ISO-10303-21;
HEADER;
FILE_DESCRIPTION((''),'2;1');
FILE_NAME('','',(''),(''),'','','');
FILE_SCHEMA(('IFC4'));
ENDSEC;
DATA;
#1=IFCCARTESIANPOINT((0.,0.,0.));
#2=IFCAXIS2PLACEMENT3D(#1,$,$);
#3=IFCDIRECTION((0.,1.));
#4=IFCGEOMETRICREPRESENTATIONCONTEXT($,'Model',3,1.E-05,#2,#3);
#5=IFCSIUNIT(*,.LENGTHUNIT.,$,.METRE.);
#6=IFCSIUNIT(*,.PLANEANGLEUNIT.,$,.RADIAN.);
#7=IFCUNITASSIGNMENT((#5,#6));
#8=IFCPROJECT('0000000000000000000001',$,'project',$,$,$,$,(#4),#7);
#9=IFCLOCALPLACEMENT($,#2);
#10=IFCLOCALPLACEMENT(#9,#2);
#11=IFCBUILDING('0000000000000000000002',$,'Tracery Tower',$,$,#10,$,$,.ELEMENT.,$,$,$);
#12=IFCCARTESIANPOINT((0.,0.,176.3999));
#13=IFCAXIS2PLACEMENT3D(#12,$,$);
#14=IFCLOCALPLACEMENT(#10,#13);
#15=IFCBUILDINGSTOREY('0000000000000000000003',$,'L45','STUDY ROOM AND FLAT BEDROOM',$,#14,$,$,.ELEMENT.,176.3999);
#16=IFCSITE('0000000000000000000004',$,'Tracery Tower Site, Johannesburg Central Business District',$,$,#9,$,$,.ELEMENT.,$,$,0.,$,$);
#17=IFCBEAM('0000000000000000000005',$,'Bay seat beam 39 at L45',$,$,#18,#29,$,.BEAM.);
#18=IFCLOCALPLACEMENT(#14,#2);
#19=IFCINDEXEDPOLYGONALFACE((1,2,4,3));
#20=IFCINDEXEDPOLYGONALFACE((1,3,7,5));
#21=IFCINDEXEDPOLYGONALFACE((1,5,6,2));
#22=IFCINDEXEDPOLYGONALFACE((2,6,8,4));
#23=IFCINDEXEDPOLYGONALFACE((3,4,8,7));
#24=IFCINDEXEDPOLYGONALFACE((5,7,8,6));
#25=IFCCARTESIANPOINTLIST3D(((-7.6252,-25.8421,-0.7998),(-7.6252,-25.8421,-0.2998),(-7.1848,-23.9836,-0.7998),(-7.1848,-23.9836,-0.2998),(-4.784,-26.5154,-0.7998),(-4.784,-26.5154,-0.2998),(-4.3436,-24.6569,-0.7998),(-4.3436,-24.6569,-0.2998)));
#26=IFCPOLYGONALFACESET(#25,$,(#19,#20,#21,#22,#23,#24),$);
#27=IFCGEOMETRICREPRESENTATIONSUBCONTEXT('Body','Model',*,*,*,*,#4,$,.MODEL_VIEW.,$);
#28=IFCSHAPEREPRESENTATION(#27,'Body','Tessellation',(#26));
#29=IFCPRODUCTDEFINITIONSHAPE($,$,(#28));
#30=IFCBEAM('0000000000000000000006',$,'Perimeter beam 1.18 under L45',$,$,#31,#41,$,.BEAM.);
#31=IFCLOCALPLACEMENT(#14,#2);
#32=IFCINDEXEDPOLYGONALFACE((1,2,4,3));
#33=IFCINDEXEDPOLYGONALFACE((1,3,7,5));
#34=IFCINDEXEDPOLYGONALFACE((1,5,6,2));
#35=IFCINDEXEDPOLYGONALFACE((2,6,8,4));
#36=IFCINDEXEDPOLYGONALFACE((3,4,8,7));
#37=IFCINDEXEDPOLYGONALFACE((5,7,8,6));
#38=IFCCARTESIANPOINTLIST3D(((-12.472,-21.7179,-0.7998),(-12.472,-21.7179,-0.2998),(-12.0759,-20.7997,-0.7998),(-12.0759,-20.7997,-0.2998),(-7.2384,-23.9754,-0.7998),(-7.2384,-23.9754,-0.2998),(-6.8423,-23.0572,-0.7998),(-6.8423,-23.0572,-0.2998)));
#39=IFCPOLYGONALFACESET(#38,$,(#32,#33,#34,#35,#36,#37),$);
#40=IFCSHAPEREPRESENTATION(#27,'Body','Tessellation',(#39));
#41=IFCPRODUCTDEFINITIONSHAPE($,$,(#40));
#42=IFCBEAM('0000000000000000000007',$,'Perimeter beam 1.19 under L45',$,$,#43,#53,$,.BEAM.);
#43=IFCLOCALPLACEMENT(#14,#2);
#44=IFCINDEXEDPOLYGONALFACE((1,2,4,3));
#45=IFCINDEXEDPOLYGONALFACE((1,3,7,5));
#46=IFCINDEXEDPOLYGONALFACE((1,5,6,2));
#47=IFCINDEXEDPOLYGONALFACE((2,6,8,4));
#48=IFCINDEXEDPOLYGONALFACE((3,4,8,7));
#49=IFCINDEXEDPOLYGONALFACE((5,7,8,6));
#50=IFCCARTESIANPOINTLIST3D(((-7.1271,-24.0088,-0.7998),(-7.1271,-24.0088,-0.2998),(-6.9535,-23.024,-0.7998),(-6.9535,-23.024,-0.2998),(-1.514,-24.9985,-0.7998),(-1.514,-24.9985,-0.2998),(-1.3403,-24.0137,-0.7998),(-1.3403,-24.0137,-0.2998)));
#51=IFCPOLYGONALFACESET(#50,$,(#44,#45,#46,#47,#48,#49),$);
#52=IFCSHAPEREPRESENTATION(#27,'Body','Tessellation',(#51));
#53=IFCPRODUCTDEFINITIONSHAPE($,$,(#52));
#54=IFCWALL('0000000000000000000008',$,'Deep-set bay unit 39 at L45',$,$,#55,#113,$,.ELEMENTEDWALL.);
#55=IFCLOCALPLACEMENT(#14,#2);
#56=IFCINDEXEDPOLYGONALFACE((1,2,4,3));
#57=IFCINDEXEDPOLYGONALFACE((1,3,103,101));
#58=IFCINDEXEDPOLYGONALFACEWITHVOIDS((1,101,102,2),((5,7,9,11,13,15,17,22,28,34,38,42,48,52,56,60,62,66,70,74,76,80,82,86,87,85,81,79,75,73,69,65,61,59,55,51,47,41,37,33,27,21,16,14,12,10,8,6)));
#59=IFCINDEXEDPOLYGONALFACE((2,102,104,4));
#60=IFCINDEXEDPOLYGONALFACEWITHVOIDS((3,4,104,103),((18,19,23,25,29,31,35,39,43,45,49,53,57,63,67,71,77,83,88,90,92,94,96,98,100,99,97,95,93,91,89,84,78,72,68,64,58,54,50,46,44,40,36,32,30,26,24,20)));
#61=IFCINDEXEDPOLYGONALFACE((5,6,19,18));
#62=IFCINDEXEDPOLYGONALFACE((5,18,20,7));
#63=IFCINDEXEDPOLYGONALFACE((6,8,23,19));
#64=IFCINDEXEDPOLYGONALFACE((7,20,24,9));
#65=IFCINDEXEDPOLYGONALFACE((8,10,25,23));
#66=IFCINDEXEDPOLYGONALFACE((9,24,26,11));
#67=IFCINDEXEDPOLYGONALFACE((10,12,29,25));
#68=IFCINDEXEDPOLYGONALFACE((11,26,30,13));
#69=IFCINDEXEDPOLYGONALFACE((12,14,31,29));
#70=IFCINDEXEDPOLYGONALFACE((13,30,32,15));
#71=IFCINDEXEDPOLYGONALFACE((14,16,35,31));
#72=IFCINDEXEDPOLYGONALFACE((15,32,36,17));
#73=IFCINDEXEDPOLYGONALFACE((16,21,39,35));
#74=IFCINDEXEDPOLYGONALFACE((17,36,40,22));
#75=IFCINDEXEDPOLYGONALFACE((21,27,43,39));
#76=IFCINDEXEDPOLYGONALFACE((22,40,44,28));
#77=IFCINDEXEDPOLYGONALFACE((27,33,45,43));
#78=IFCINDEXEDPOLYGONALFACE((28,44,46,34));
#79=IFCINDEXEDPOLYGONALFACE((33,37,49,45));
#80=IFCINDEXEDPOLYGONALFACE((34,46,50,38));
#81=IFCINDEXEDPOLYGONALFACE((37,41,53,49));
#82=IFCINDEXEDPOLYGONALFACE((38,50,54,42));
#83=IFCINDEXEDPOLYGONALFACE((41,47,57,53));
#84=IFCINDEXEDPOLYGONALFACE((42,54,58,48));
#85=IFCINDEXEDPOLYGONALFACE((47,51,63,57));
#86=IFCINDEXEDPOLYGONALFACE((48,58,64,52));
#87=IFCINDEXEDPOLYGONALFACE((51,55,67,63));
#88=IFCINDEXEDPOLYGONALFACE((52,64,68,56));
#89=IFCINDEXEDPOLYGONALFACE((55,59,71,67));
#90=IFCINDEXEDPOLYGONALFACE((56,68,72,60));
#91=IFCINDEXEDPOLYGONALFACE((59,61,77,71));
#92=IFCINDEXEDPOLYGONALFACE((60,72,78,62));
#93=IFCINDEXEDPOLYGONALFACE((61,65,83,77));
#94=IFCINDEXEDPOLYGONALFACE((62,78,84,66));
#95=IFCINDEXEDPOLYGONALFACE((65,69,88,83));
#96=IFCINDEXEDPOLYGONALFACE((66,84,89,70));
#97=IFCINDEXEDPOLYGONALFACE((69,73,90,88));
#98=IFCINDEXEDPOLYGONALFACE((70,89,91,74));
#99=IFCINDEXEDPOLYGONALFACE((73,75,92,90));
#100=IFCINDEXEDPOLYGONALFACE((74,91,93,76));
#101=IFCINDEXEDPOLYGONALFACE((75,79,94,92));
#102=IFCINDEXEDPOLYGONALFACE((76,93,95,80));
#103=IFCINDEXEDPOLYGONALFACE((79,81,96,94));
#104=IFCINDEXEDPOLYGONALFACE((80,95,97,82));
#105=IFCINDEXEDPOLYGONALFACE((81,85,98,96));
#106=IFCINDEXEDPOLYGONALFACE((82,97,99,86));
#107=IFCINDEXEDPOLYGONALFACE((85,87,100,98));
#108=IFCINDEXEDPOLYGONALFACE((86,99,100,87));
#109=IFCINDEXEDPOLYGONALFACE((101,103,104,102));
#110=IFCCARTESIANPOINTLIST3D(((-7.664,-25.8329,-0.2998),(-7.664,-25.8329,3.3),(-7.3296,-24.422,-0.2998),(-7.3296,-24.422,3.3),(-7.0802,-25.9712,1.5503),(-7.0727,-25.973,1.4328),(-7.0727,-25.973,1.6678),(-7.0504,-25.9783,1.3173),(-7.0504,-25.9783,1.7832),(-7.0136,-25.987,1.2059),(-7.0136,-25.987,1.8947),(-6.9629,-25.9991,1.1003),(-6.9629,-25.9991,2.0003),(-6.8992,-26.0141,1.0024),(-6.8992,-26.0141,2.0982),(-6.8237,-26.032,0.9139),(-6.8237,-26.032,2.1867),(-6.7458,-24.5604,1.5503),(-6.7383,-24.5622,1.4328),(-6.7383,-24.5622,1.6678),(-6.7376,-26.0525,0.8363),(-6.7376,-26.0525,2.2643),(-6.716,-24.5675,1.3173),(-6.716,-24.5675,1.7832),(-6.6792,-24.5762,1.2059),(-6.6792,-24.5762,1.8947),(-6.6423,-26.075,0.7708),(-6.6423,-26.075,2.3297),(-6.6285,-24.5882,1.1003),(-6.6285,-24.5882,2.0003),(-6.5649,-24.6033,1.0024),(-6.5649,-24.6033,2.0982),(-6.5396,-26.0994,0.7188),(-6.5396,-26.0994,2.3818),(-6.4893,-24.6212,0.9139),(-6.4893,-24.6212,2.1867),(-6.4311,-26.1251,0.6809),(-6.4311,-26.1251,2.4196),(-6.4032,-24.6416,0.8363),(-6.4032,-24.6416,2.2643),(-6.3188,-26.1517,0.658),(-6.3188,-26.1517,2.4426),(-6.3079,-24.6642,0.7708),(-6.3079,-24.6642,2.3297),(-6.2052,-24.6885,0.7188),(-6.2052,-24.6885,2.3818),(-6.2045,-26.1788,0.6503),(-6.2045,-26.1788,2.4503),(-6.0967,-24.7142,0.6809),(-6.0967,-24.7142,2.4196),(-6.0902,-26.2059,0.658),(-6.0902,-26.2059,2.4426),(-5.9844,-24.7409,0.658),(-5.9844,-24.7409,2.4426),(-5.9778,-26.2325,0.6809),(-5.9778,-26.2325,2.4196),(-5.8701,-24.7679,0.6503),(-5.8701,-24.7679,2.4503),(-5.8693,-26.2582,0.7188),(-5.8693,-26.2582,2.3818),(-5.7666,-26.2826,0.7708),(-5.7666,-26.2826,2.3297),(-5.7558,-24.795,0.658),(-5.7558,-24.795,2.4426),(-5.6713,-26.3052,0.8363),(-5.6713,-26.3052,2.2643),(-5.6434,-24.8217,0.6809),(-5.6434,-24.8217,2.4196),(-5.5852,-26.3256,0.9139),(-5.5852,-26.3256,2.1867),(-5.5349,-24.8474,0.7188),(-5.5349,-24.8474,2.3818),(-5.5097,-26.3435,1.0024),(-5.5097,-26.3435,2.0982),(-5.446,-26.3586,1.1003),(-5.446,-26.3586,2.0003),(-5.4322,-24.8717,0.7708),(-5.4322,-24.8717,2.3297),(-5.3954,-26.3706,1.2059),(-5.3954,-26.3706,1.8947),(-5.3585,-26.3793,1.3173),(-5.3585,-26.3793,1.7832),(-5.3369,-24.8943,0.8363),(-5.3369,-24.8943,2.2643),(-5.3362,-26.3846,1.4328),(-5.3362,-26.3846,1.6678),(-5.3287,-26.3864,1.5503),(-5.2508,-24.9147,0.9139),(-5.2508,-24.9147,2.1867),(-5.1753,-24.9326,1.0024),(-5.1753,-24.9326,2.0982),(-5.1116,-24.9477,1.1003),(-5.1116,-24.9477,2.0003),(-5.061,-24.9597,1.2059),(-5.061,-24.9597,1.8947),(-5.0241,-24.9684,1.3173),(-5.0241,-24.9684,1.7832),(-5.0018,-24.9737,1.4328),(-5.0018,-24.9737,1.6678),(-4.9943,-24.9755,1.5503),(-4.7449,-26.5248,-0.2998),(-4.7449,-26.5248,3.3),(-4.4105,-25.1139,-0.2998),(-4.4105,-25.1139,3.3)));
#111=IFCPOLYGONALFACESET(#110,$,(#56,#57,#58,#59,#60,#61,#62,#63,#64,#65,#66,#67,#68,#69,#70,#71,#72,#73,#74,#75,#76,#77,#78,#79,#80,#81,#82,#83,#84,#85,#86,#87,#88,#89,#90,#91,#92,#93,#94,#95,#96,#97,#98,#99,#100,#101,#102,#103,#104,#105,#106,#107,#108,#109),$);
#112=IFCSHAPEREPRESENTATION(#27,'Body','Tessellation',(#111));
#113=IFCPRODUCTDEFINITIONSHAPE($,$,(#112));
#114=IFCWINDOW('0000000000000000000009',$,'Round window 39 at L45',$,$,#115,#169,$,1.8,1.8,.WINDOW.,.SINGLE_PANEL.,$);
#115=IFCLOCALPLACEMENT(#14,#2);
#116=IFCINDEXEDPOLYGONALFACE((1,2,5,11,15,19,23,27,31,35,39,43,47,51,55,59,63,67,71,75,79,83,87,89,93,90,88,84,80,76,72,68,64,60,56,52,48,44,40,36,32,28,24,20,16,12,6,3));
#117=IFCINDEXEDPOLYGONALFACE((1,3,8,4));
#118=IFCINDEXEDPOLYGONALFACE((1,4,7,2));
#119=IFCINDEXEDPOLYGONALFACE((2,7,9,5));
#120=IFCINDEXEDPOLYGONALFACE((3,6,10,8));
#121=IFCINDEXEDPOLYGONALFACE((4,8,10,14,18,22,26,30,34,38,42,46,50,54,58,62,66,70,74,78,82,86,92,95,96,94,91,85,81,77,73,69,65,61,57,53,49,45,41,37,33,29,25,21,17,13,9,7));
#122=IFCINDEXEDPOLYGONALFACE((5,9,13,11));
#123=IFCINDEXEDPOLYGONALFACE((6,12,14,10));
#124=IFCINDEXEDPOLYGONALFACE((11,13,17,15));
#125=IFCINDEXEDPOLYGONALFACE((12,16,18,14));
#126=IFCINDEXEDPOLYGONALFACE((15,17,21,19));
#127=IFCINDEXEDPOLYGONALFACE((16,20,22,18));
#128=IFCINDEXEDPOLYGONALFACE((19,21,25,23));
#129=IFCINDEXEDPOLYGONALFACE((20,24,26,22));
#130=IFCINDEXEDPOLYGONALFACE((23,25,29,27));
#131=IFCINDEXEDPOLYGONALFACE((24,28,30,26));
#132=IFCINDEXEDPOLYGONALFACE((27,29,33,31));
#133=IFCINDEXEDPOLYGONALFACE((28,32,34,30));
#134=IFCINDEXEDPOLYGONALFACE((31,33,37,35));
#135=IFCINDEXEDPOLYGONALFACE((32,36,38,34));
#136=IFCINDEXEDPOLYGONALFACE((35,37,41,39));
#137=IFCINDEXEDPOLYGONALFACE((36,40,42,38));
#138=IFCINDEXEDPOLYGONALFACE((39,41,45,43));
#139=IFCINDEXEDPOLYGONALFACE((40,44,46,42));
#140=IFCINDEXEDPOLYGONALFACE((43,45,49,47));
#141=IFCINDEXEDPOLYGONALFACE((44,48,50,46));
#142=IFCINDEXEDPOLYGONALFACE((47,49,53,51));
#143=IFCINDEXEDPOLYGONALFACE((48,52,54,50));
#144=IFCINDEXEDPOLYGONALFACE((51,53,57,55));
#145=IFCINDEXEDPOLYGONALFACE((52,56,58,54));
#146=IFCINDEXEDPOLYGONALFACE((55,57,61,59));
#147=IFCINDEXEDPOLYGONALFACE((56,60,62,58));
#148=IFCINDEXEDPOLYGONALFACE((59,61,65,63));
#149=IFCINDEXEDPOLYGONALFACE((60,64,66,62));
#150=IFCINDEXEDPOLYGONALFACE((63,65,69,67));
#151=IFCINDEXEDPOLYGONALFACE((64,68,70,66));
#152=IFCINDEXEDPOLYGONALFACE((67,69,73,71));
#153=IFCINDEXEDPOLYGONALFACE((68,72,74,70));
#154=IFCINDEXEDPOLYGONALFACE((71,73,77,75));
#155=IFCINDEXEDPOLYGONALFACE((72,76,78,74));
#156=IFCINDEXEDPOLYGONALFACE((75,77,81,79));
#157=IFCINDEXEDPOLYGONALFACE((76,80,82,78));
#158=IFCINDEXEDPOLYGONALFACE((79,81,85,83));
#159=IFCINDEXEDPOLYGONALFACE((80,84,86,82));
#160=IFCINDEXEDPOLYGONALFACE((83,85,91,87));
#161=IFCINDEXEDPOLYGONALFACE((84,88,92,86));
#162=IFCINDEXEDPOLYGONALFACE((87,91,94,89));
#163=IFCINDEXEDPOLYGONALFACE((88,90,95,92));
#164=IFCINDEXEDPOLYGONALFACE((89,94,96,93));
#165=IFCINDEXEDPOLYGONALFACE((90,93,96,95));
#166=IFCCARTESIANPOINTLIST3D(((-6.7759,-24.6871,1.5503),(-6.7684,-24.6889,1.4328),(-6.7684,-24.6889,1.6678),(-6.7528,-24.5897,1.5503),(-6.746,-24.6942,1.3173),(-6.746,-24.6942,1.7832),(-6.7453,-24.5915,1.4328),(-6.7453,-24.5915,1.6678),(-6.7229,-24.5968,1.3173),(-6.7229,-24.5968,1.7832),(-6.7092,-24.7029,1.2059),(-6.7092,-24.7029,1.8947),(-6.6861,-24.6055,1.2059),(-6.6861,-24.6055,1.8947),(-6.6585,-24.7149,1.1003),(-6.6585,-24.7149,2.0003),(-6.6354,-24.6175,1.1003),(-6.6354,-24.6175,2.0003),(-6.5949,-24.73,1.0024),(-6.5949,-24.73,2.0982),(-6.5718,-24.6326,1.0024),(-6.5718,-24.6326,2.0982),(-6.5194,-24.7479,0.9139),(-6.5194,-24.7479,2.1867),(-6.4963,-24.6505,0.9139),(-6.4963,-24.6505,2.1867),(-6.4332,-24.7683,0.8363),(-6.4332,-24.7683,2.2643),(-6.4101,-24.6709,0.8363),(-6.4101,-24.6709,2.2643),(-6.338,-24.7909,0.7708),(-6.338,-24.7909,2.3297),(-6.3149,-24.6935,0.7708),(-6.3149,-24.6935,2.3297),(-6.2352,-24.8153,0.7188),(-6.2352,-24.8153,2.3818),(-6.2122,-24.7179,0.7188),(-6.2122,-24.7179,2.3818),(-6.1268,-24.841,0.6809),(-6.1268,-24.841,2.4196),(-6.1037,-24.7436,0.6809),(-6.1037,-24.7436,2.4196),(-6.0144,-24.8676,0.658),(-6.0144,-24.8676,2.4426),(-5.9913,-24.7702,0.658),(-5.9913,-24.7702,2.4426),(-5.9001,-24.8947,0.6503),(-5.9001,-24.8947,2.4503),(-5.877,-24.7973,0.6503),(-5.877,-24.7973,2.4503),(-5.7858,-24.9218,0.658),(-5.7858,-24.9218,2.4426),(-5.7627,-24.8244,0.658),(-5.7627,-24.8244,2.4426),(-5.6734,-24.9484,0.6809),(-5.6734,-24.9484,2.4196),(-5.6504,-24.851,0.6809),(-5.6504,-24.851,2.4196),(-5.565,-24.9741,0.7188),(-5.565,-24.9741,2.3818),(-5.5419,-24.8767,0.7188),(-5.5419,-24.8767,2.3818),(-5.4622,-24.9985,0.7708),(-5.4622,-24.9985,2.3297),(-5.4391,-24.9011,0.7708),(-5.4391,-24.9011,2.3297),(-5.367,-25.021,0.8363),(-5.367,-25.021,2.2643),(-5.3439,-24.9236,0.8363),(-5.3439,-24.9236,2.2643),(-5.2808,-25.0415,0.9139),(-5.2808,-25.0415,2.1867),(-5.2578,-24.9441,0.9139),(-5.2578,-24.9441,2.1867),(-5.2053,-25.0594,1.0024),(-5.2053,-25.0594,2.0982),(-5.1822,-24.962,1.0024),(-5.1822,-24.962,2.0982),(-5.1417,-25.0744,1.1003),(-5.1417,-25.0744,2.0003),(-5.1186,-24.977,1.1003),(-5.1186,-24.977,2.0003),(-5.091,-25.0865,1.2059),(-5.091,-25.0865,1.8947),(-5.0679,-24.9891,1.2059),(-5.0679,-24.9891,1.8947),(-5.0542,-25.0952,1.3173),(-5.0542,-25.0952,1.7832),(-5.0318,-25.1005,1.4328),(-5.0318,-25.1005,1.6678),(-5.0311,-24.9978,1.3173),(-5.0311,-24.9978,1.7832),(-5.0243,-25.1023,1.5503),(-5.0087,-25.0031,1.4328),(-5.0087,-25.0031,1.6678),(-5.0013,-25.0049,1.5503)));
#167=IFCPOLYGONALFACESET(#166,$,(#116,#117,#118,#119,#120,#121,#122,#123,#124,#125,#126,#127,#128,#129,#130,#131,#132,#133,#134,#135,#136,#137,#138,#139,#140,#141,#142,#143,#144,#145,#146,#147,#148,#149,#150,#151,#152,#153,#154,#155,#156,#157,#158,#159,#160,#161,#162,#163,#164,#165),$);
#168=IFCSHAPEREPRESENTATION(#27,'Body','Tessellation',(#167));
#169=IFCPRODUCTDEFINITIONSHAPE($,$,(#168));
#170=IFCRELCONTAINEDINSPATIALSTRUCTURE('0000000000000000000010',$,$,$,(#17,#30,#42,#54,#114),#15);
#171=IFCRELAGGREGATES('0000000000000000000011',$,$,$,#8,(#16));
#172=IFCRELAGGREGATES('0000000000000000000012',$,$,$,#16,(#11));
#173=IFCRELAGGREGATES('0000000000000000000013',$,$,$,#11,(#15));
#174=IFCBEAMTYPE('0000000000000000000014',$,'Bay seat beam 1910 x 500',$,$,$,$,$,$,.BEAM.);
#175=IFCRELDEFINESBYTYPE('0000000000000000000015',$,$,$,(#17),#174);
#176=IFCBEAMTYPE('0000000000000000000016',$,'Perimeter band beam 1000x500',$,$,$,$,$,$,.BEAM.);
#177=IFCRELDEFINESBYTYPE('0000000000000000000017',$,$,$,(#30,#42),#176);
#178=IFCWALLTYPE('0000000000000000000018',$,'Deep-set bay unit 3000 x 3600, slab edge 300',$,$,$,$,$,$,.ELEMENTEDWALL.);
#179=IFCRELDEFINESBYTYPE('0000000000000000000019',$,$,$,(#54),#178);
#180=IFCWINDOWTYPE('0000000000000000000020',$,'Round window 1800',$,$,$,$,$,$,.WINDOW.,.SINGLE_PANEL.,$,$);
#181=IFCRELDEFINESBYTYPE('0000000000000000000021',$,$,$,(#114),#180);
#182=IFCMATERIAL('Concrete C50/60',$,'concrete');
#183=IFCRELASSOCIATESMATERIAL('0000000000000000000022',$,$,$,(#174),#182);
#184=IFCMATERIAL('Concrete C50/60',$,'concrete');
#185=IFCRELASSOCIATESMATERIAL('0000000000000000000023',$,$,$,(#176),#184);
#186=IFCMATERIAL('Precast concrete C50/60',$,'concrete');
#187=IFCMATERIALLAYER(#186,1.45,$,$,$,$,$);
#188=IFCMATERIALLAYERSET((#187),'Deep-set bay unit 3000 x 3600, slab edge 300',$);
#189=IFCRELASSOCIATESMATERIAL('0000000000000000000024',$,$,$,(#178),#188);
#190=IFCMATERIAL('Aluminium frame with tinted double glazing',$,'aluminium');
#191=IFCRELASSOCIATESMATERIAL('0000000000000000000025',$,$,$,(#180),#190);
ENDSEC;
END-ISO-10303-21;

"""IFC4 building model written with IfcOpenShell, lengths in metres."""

from ifc_helpers import new_model, si_unit, direction, frame, frame_2d, origin, origin_2d, place, context, subcontext, project, spatial, rectangle, circle, extrude, material, layer, layer_set, material_profile, profile_set, type_object, element, fill, save


model = new_model("IFC4")

# Units and contexts
model_context = context("Model", 3, precision=1e-05, world=origin(), true_north=direction((0.0, 1.0)))
body_context = subcontext(model_context, "Body", "Model", "MODEL_VIEW")
ifc_project = project(units=[si_unit("LENGTHUNIT", "METRE"), si_unit("PLANEANGLEUNIT", "RADIAN")], contexts=[model_context])

# Site, building, storey
site_placement = place(None, origin())
site = spatial("IfcSite", under=ifc_project, at=site_placement, Name="Tracery Tower Site, Johannesburg Central Business District", CompositionType="ELEMENT", RefElevation=0.0)
building_placement = place(site_placement, origin())
building = spatial("IfcBuilding", under=site, at=building_placement, Name="Tracery Tower", CompositionType="ELEMENT")
storey_placement = place(building_placement, frame((0.0, 0.0, 176.3999)))
storey = spatial("IfcBuildingStorey", under=building, at=storey_placement, Name="L45", Description="STUDY ROOM AND FLAT BEDROOM", CompositionType="ELEMENT", Elevation=176.3999)

# Beams
ifc_material_1 = material(Name="Concrete C50/60", Category="concrete")
ifc_material_profile_1 = material_profile(ifc_material_1, rectangle(XDim=1.9099, YDim=0.5, at=origin_2d()), Name="RC 1910x500")
ifc_profile_set_1 = profile_set([ifc_material_profile_1], Name="Concrete C50/60")
beam_type_1 = type_object("IfcBeamType", Name="Bay seat beam 1910 x 500", PredefinedType="BEAM", material=ifc_profile_set_1)
beam_placement = place(storey_placement, frame((-7.405, -24.9128, -0.5498), z_axis=(0.97305, -0.230596, 0.0), x_axis=(0.230596, 0.97305, 0.0)))
element("IfcBeam", 1, at=beam_placement, inside=storey, type_object=beam_type_1, Name="Bay seat beam 39 at L45", PredefinedType="BEAM", context=body_context, shape_type="SweptSolid", body=[
    extrude(rectangle(XDim=1.9099, YDim=0.5, at=origin_2d()), origin(), (0.0, 0.0, 1.0), 2.9199),
])
ifc_material_2 = material(Name="Concrete C50/60", Category="concrete")
ifc_material_profile_2 = material_profile(ifc_material_2, rectangle(XDim=1.0, YDim=0.5, at=origin_2d()), Name="RC 1000x500")
ifc_profile_set_2 = profile_set([ifc_material_profile_2], Name="Concrete C50/60")
beam_type_2 = type_object("IfcBeamType", Name="Perimeter band beam 1000x500", PredefinedType="BEAM", material=ifc_profile_set_2)
for number, where, z_axis, x_axis, name in (
    (2, (-12.2739, -21.2588, -0.5498), (0.918216, -0.396079, 0.0), (0.396079, 0.918216, 0.0), "Perimeter beam 1.18 under L45"),
    (3, (-7.0403, -23.5164, -0.5498), (0.984807, -0.173651, 0.0), (0.173651, 0.984807, 0.0), "Perimeter beam 1.19 under L45"),
):
    element("IfcBeam", number, at=place(storey_placement, frame(where, z_axis=z_axis, x_axis=x_axis)), inside=storey, type_object=beam_type_2, Name=name, PredefinedType="BEAM", context=body_context, shape_type="SweptSolid", body=[
        extrude(rectangle(XDim=1.0, YDim=0.5, at=origin_2d()), origin(), (0.0, 0.0, 1.0), 5.6997),
    ])

# Wall, opening, window
ifc_material_3 = material(Name="Precast concrete C50/60", Category="concrete")
ifc_layer_1 = layer(ifc_material_3, 1.45)
ifc_layer_set_1 = layer_set([ifc_layer_1], Name="Deep-set bay unit 3000 x 3600, slab edge 300")
wall_type_1 = type_object("IfcWallType", Name="Deep-set bay unit 3000 x 3600, slab edge 300", PredefinedType="ELEMENTEDWALL", material=ifc_layer_set_1)
wall_1_placement = place(storey_placement, frame((-7.4968, -25.1274, -0.2998), z_axis=(0.0, 0.0, 1.0), x_axis=(0.973042, -0.230627, 0.0)))
wall_1 = element("IfcWall", 4, at=wall_1_placement, inside=storey, type_object=wall_type_1, Name="Deep-set bay unit 39 at L45", PredefinedType="ELEMENTEDWALL", context=body_context, shape_type="SweptSolid", body=[
    extrude(rectangle(XDim=3.0, YDim=1.45, at=frame_2d((1.5, 0.0))), origin(), (0.0, 0.0, 1.0), 3.5999),
])
opening_1_placement = place(wall_1_placement, frame((1.5, 0.0, 1.8501)))
opening_1 = element("IfcOpeningElement", 5, at=opening_1_placement, cuts=wall_1, PredefinedType="OPENING", context=body_context, shape_type="SweptSolid", body=[
    extrude(circle(Radius=0.9, at=origin_2d()), frame((0.0, 0.7349, 0.0), z_axis=(0.0, -1.0, 0.0), x_axis=(1.0, 0.0, 0.0)), (0.0, 0.0, 1.0), 1.47),
])
ifc_material_4 = material(Name="Aluminium frame with tinted double glazing", Category="aluminium")
window_type = type_object("IfcWindowType", Name="Round window 1800", PartitioningType="SINGLE_PANEL", PredefinedType="WINDOW", material=ifc_material_4)
window_1_placement = place(opening_1_placement, origin())
window_1 = element("IfcWindow", 6, at=window_1_placement, inside=storey, type_object=window_type, Name="Round window 39 at L45", OverallHeight=1.8, OverallWidth=1.8, PartitioningType="SINGLE_PANEL", PredefinedType="WINDOW", context=body_context, shape_type="SweptSolid", body=[
    extrude(circle(Radius=0.9, at=origin_2d()), frame((0.0, 0.6948, 0.0), z_axis=(0.0, -1.0, 0.0), x_axis=(1.0, 0.0, 0.0)), (0.0, 0.0, 1.0), 0.1001),
])
fill(opening_1, window_1)

save(model, "model.ifc")
